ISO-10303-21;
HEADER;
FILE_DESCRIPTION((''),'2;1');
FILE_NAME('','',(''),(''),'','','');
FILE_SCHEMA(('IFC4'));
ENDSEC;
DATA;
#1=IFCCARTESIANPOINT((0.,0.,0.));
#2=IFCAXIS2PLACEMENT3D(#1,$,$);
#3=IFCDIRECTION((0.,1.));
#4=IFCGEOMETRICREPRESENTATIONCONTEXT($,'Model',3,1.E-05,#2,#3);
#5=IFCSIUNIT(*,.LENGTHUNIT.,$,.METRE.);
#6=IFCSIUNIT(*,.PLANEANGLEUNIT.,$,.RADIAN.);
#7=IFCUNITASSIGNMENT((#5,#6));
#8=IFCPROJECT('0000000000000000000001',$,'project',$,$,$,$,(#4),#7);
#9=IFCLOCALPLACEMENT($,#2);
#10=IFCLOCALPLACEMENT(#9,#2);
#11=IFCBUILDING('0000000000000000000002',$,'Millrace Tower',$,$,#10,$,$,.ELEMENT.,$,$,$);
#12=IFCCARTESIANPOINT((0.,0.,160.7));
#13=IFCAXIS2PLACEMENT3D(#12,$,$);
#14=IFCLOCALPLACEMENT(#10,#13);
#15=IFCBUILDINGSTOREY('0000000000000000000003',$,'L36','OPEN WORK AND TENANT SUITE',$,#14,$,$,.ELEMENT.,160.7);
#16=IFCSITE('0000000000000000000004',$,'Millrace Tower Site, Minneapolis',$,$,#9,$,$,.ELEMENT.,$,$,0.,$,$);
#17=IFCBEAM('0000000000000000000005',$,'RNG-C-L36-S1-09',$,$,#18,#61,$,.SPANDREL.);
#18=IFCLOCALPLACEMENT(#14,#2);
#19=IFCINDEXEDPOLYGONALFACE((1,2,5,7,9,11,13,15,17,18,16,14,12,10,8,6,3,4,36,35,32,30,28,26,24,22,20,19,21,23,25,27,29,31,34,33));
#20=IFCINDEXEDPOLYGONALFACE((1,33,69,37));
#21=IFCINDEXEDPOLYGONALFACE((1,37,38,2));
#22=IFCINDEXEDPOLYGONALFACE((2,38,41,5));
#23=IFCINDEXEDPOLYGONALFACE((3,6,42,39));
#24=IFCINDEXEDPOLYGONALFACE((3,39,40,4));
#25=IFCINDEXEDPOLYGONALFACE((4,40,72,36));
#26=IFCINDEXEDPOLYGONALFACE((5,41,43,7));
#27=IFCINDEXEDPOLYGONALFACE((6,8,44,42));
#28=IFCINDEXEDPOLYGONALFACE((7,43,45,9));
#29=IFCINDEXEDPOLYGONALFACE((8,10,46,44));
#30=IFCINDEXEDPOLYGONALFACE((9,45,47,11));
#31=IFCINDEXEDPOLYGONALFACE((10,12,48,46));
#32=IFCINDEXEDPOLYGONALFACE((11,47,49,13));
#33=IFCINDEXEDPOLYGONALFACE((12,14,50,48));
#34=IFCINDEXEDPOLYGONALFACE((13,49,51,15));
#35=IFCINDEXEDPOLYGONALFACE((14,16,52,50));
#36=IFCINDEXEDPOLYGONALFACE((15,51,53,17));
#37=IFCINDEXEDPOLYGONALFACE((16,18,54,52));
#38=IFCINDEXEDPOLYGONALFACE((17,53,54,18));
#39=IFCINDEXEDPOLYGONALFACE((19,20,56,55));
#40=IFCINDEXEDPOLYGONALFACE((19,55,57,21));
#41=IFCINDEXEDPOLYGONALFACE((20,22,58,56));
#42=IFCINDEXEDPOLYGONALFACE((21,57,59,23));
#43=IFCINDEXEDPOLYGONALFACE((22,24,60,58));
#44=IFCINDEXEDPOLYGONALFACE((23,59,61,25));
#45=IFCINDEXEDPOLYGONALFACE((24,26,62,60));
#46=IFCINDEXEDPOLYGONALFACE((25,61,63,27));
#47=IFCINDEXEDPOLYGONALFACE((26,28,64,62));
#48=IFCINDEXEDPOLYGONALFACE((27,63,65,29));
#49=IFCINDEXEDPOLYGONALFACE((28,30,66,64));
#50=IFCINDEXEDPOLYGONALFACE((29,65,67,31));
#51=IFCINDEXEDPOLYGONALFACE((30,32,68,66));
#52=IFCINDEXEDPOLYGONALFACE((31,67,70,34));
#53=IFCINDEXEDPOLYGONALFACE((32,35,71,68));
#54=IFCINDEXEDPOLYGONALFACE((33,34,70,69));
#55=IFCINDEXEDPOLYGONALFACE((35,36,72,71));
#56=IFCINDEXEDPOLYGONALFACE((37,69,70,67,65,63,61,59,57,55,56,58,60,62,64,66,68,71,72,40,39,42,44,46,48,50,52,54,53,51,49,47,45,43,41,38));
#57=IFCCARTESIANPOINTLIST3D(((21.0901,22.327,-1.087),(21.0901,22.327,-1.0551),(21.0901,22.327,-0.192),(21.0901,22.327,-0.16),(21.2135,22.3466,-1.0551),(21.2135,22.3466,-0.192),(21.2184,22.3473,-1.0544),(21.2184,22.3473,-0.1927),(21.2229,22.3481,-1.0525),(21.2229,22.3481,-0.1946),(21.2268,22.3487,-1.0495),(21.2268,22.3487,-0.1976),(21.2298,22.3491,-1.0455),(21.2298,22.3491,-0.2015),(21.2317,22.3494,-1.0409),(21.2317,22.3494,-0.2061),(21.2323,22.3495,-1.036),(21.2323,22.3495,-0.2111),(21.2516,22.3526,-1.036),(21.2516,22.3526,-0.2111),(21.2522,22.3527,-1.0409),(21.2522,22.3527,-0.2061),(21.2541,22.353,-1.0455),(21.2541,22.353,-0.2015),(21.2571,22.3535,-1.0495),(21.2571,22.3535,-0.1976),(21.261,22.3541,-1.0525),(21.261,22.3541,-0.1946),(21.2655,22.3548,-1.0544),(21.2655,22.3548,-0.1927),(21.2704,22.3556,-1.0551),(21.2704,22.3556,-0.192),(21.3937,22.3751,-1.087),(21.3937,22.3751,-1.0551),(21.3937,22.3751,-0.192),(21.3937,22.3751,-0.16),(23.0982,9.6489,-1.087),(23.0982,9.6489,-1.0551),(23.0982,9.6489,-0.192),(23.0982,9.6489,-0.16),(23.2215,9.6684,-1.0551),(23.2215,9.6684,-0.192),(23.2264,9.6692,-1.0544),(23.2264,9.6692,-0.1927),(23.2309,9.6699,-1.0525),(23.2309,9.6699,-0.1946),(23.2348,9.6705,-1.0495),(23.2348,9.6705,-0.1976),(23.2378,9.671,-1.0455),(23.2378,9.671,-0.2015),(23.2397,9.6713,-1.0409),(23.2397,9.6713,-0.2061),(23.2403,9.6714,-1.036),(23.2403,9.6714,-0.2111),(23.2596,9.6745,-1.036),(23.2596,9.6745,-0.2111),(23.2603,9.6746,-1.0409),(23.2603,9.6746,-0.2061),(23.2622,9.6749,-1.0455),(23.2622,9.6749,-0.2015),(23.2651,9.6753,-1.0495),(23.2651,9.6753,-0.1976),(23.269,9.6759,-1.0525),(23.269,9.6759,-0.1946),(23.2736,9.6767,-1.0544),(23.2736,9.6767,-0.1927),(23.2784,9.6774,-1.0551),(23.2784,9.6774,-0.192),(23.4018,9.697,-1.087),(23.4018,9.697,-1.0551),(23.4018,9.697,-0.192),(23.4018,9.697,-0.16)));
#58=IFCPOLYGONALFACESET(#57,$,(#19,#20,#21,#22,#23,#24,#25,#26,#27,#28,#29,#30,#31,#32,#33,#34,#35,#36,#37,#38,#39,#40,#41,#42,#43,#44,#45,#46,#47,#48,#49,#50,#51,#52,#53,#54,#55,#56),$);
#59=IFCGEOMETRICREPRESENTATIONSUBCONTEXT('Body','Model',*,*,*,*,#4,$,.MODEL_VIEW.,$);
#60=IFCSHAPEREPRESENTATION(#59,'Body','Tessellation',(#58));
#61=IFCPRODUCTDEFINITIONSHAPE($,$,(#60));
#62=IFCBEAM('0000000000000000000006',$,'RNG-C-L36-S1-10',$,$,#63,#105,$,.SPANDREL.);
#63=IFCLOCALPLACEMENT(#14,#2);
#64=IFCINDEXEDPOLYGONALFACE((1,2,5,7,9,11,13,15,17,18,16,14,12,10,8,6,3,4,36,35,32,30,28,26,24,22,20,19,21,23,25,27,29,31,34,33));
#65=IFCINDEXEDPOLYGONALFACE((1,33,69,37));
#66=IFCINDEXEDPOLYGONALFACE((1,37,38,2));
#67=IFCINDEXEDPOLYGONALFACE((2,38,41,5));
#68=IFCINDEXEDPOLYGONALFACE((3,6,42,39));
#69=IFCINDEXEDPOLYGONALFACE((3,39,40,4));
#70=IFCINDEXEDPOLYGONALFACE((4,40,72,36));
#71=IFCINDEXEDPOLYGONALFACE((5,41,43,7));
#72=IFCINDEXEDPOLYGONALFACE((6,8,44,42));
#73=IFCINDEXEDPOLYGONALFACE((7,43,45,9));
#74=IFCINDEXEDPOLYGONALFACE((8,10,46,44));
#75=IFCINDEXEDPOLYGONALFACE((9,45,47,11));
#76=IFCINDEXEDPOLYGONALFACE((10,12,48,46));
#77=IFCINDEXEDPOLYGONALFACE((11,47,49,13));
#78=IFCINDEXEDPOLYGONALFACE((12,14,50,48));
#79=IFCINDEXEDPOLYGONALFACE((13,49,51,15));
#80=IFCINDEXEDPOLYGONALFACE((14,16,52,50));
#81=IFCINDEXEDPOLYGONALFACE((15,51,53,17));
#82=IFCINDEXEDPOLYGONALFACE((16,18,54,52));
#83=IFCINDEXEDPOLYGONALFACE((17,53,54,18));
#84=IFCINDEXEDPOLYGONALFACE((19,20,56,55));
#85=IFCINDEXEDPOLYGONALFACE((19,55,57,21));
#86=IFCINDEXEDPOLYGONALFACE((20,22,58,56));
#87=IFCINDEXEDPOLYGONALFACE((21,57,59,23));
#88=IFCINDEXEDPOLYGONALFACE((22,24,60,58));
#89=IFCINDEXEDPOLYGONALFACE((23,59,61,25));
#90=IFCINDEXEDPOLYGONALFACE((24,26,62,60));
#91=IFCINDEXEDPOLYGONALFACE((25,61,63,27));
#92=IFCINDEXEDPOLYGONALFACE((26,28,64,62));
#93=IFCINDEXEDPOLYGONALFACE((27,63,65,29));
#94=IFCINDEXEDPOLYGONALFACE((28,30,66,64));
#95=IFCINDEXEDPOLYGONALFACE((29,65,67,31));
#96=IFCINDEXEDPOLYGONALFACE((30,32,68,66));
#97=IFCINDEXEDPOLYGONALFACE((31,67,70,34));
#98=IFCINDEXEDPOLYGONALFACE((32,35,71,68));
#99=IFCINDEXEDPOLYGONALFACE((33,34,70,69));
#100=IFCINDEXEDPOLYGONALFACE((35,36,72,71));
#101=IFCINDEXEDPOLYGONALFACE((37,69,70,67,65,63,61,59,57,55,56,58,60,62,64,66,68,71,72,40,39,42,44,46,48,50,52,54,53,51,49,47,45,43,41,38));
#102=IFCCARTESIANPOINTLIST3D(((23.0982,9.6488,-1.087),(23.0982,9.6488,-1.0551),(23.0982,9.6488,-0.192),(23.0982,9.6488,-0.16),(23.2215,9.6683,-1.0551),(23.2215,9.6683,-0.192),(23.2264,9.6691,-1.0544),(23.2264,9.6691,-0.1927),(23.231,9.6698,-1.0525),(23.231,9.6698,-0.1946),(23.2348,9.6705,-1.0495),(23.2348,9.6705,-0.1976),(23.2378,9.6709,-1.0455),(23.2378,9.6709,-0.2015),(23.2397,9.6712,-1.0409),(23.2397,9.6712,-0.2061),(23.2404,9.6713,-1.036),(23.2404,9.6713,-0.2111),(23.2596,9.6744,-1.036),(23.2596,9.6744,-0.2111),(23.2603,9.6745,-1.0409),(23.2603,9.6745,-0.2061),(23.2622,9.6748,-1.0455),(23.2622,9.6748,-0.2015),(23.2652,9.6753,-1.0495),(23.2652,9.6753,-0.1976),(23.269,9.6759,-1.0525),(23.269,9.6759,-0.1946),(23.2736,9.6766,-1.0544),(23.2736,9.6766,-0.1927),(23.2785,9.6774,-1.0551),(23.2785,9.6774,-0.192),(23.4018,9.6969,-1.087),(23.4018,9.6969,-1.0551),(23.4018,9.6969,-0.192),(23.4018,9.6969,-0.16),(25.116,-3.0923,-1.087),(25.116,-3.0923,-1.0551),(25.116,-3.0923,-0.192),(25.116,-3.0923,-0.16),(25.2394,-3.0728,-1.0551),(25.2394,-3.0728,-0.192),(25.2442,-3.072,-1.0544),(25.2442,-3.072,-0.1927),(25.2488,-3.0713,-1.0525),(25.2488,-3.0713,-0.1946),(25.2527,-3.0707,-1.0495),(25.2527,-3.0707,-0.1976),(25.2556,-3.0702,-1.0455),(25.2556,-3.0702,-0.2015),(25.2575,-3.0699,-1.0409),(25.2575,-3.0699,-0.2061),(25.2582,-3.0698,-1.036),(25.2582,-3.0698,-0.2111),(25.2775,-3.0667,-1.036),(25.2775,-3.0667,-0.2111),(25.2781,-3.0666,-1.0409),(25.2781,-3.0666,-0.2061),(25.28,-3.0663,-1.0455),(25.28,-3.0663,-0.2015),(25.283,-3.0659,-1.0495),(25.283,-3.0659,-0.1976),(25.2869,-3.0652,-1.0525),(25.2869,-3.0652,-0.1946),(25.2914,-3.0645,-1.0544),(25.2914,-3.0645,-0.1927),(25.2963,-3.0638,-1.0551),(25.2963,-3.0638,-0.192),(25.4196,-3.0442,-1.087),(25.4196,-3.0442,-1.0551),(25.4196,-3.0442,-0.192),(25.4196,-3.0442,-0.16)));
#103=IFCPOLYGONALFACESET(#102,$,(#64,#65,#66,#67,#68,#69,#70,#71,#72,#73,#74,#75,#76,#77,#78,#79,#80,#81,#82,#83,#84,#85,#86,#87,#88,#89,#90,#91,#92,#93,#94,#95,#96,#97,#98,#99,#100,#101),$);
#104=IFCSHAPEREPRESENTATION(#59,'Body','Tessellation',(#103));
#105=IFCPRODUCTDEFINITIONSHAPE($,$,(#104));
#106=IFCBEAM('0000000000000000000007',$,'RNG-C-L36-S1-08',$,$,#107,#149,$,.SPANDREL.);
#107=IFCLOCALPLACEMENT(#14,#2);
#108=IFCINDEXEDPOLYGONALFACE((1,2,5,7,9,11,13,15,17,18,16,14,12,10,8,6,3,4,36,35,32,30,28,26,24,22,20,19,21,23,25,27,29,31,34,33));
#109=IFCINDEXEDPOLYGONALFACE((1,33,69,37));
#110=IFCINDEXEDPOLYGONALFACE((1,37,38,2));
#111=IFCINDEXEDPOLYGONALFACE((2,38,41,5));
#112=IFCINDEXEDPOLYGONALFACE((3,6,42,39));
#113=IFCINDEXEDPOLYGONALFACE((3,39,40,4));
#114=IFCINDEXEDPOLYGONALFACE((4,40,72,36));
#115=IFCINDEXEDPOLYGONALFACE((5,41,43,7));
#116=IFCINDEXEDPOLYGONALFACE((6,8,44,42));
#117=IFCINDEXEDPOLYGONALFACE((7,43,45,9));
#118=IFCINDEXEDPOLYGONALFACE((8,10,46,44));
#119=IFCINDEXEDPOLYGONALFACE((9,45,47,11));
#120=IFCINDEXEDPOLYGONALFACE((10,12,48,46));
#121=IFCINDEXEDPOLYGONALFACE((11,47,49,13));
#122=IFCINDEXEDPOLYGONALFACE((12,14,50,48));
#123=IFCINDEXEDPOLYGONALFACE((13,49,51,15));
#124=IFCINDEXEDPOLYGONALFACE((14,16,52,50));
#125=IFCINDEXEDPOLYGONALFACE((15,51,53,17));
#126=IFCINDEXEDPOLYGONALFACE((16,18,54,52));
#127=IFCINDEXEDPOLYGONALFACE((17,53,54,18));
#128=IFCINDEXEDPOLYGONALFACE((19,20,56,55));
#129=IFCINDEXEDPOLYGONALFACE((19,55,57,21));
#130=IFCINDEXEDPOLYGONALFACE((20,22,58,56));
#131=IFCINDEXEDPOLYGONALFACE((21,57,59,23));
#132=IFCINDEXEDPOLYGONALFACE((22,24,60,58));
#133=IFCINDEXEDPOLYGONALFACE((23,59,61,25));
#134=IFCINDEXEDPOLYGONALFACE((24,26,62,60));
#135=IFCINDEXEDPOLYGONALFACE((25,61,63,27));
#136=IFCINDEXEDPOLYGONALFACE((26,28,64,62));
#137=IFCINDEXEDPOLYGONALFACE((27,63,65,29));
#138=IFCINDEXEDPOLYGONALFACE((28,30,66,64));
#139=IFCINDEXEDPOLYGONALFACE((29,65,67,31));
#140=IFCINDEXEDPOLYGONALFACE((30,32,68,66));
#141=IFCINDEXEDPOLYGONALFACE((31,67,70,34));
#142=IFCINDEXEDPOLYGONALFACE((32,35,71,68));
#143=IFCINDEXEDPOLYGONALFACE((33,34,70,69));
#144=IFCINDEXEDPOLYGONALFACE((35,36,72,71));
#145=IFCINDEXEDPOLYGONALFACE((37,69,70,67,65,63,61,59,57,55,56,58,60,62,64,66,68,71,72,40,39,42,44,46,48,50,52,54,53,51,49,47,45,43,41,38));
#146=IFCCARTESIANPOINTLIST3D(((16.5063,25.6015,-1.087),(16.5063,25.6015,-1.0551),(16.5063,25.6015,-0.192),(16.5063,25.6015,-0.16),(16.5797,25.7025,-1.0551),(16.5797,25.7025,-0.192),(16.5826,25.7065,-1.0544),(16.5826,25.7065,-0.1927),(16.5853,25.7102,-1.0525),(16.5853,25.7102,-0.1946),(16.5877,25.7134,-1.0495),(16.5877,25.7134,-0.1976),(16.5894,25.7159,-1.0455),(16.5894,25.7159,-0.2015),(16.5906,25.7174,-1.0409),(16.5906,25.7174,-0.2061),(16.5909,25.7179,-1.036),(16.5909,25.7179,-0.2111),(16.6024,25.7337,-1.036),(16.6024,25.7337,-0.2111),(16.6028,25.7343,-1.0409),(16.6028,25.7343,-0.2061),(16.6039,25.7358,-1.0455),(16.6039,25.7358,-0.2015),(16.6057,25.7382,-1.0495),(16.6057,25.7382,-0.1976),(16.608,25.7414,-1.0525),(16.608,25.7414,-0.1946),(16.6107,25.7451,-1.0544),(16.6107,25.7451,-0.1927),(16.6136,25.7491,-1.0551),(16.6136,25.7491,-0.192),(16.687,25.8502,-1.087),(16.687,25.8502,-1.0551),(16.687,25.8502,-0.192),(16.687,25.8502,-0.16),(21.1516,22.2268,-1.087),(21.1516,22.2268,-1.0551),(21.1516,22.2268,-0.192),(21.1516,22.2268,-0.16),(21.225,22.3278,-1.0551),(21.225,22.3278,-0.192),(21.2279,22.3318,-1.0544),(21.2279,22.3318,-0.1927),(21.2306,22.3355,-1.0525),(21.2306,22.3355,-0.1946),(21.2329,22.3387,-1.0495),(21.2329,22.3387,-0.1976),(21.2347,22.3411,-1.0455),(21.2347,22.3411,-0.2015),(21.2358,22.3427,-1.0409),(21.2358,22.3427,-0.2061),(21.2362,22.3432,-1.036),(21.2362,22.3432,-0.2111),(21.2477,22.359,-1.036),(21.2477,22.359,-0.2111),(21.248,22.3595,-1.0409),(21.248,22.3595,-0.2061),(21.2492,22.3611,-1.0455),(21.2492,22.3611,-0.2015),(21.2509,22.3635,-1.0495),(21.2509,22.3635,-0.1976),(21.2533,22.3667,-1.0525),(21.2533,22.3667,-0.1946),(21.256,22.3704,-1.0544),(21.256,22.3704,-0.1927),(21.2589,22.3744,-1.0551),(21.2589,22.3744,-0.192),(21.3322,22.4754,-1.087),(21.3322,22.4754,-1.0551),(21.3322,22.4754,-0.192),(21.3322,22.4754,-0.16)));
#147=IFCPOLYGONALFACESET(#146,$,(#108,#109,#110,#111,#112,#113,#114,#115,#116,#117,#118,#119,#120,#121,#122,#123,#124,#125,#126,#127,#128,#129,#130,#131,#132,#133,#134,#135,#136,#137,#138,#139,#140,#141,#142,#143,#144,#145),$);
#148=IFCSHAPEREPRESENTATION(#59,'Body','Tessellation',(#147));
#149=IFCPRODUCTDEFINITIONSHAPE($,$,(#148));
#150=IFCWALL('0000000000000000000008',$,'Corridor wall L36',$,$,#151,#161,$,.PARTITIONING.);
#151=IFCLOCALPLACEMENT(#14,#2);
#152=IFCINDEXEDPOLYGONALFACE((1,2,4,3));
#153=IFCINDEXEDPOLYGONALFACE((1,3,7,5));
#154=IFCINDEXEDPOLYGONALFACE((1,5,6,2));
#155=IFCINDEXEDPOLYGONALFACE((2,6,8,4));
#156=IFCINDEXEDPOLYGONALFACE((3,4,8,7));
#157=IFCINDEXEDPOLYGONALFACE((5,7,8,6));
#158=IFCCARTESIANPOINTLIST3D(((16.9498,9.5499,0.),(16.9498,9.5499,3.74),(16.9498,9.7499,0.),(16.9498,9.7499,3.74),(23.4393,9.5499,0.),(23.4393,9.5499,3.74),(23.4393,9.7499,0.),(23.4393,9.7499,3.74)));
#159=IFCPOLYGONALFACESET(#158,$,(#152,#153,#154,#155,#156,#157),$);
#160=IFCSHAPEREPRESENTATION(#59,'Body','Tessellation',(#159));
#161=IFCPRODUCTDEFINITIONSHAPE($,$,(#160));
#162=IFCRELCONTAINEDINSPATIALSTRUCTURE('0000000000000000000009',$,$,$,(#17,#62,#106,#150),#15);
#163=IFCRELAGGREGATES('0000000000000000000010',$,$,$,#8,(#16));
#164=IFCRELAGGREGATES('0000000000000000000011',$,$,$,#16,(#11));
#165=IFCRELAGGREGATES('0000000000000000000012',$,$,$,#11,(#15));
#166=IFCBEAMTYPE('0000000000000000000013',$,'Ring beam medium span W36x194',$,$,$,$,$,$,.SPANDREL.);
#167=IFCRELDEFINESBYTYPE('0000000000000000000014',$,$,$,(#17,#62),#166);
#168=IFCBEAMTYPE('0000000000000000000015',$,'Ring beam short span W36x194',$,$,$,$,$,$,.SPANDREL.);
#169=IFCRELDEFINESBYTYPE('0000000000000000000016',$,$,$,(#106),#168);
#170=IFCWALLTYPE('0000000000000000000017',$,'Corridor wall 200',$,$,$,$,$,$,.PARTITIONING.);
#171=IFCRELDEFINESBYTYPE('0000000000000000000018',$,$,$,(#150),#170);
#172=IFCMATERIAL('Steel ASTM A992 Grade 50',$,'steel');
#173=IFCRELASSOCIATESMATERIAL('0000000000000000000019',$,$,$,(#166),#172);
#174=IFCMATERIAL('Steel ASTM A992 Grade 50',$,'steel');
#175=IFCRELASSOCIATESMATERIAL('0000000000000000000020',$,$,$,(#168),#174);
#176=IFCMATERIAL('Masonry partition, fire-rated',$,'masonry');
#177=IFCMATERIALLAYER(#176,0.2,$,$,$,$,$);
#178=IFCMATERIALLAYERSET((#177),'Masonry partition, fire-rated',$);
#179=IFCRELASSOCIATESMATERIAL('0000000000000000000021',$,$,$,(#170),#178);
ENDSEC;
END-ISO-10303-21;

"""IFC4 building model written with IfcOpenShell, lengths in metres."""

from ifc_helpers import new_model, si_unit, direction, frame, frame_2d, origin, origin_2d, place, context, subcontext, project, spatial, rectangle, i_section, extrude, material, layer, layer_set, material_profile, profile_set, type_object, element, save


model = new_model("IFC4")

# Units and contexts
model_context = context("Model", 3, precision=1e-05, world=origin(), true_north=direction((0.0, 1.0)))
body_context = subcontext(model_context, "Body", "Model", "MODEL_VIEW")
ifc_project = project(units=[si_unit("LENGTHUNIT", "METRE"), si_unit("PLANEANGLEUNIT", "RADIAN")], contexts=[model_context])

# Site, building, storey
site_placement = place(None, origin())
site = spatial("IfcSite", under=ifc_project, at=site_placement, Name="Millrace Tower Site, Minneapolis", CompositionType="ELEMENT", RefElevation=0.0)
building_placement = place(site_placement, origin())
building = spatial("IfcBuilding", under=site, at=building_placement, Name="Millrace Tower", CompositionType="ELEMENT")
storey_placement = place(building_placement, frame((0.0, 0.0, 160.7)))
storey = spatial("IfcBuildingStorey", under=building, at=storey_placement, Name="L36", Description="OPEN WORK AND TENANT SUITE", CompositionType="ELEMENT", Elevation=160.7)

# Beams
ifc_material_1 = material(Name="Steel ASTM A992 Grade 50", Category="steel")
ifc_material_profile_1 = material_profile(ifc_material_1, i_section(OverallWidth=0.3074, OverallDepth=0.927, WebThickness=0.0195, FlangeThickness=0.032, FilletRadius=0.019, at=origin_2d()))
ifc_profile_set_1 = profile_set([ifc_material_profile_1], Name="Steel ASTM A992 Grade 50")
beam_type_1 = type_object("IfcBeamType", Name="Ring beam medium span W36x194", PredefinedType="SPANDREL", material=ifc_profile_set_1)
beam_1_placement = place(storey_placement, frame((21.2419, 22.3511, -0.6235), z_axis=(0.156436, -0.987688, 0.0), x_axis=(0.987688, 0.156436, 0.0)))
element("IfcBeam", 1, at=beam_1_placement, inside=storey, type_object=beam_type_1, Name="RNG-C-L36-S1-09", PredefinedType="SPANDREL", context=body_context, shape_type="SweptSolid", body=[
    extrude(i_section(OverallWidth=0.3074, OverallDepth=0.927, WebThickness=0.0195, FlangeThickness=0.032, FilletRadius=0.019, at=origin_2d()), origin(), (0.0, 0.0, 1.0), 12.8362),
])
beam_2_placement = place(storey_placement, frame((23.25, 9.6729, -0.6235), z_axis=(0.15642, -0.987691, 0.0), x_axis=(0.987691, 0.15642, 0.0)))
element("IfcBeam", 2, at=beam_2_placement, inside=storey, type_object=beam_type_1, Name="RNG-C-L36-S1-10", PredefinedType="SPANDREL", context=body_context, shape_type="SweptSolid", body=[
    extrude(i_section(OverallWidth=0.3074, OverallDepth=0.927, WebThickness=0.0195, FlangeThickness=0.032, FilletRadius=0.019, at=origin_2d()), origin(), (0.0, 0.0, 1.0), 12.8999),
])
ifc_material_2 = material(Name="Steel ASTM A992 Grade 50", Category="steel")
ifc_material_profile_2 = material_profile(ifc_material_2, i_section(OverallWidth=0.3074, OverallDepth=0.927, WebThickness=0.0195, FlangeThickness=0.032, FilletRadius=0.019, at=origin_2d()))
ifc_profile_set_2 = profile_set([ifc_material_profile_2], Name="Steel ASTM A992 Grade 50")
beam_type_2 = type_object("IfcBeamType", Name="Ring beam short span W36x194", PredefinedType="SPANDREL", material=ifc_profile_set_2)
beam_3_placement = place(storey_placement, frame((16.5967, 25.7258, -0.6235), z_axis=(0.809036, -0.58776, 0.0), x_axis=(0.58776, 0.809036, 0.0)))
element("IfcBeam", 3, at=beam_3_placement, inside=storey, type_object=beam_type_2, Name="RNG-C-L36-S1-08", PredefinedType="SPANDREL", context=body_context, shape_type="SweptSolid", body=[
    extrude(i_section(OverallWidth=0.3074, OverallDepth=0.927, WebThickness=0.0195, FlangeThickness=0.032, FilletRadius=0.019, at=origin_2d()), origin(), (0.0, 0.0, 1.0), 5.7417),
])

# Wall
ifc_material_3 = material(Name="Masonry partition, fire-rated", Category="masonry")
ifc_layer_1 = layer(ifc_material_3, 0.2)
ifc_layer_set_1 = layer_set([ifc_layer_1], Name="Masonry partition, fire-rated")
wall_type = type_object("IfcWallType", Name="Corridor wall 200", PredefinedType="PARTITIONING", material=ifc_layer_set_1)
wall_placement = place(storey_placement, frame((16.95, 9.6499, 0.0), z_axis=(0.0, 0.0, 1.0), x_axis=(1.0, 0.0, 0.0)))
element("IfcWall", 4, at=wall_placement, inside=storey, type_object=wall_type, Name="Corridor wall L36", PredefinedType="PARTITIONING", context=body_context, shape_type="SweptSolid", body=[
    extrude(rectangle(XDim=6.4895, YDim=0.2, at=frame_2d((3.2446, 0.0))), origin(), (0.0, 0.0, 1.0), 3.74),
])

save(model, "model.ifc")
